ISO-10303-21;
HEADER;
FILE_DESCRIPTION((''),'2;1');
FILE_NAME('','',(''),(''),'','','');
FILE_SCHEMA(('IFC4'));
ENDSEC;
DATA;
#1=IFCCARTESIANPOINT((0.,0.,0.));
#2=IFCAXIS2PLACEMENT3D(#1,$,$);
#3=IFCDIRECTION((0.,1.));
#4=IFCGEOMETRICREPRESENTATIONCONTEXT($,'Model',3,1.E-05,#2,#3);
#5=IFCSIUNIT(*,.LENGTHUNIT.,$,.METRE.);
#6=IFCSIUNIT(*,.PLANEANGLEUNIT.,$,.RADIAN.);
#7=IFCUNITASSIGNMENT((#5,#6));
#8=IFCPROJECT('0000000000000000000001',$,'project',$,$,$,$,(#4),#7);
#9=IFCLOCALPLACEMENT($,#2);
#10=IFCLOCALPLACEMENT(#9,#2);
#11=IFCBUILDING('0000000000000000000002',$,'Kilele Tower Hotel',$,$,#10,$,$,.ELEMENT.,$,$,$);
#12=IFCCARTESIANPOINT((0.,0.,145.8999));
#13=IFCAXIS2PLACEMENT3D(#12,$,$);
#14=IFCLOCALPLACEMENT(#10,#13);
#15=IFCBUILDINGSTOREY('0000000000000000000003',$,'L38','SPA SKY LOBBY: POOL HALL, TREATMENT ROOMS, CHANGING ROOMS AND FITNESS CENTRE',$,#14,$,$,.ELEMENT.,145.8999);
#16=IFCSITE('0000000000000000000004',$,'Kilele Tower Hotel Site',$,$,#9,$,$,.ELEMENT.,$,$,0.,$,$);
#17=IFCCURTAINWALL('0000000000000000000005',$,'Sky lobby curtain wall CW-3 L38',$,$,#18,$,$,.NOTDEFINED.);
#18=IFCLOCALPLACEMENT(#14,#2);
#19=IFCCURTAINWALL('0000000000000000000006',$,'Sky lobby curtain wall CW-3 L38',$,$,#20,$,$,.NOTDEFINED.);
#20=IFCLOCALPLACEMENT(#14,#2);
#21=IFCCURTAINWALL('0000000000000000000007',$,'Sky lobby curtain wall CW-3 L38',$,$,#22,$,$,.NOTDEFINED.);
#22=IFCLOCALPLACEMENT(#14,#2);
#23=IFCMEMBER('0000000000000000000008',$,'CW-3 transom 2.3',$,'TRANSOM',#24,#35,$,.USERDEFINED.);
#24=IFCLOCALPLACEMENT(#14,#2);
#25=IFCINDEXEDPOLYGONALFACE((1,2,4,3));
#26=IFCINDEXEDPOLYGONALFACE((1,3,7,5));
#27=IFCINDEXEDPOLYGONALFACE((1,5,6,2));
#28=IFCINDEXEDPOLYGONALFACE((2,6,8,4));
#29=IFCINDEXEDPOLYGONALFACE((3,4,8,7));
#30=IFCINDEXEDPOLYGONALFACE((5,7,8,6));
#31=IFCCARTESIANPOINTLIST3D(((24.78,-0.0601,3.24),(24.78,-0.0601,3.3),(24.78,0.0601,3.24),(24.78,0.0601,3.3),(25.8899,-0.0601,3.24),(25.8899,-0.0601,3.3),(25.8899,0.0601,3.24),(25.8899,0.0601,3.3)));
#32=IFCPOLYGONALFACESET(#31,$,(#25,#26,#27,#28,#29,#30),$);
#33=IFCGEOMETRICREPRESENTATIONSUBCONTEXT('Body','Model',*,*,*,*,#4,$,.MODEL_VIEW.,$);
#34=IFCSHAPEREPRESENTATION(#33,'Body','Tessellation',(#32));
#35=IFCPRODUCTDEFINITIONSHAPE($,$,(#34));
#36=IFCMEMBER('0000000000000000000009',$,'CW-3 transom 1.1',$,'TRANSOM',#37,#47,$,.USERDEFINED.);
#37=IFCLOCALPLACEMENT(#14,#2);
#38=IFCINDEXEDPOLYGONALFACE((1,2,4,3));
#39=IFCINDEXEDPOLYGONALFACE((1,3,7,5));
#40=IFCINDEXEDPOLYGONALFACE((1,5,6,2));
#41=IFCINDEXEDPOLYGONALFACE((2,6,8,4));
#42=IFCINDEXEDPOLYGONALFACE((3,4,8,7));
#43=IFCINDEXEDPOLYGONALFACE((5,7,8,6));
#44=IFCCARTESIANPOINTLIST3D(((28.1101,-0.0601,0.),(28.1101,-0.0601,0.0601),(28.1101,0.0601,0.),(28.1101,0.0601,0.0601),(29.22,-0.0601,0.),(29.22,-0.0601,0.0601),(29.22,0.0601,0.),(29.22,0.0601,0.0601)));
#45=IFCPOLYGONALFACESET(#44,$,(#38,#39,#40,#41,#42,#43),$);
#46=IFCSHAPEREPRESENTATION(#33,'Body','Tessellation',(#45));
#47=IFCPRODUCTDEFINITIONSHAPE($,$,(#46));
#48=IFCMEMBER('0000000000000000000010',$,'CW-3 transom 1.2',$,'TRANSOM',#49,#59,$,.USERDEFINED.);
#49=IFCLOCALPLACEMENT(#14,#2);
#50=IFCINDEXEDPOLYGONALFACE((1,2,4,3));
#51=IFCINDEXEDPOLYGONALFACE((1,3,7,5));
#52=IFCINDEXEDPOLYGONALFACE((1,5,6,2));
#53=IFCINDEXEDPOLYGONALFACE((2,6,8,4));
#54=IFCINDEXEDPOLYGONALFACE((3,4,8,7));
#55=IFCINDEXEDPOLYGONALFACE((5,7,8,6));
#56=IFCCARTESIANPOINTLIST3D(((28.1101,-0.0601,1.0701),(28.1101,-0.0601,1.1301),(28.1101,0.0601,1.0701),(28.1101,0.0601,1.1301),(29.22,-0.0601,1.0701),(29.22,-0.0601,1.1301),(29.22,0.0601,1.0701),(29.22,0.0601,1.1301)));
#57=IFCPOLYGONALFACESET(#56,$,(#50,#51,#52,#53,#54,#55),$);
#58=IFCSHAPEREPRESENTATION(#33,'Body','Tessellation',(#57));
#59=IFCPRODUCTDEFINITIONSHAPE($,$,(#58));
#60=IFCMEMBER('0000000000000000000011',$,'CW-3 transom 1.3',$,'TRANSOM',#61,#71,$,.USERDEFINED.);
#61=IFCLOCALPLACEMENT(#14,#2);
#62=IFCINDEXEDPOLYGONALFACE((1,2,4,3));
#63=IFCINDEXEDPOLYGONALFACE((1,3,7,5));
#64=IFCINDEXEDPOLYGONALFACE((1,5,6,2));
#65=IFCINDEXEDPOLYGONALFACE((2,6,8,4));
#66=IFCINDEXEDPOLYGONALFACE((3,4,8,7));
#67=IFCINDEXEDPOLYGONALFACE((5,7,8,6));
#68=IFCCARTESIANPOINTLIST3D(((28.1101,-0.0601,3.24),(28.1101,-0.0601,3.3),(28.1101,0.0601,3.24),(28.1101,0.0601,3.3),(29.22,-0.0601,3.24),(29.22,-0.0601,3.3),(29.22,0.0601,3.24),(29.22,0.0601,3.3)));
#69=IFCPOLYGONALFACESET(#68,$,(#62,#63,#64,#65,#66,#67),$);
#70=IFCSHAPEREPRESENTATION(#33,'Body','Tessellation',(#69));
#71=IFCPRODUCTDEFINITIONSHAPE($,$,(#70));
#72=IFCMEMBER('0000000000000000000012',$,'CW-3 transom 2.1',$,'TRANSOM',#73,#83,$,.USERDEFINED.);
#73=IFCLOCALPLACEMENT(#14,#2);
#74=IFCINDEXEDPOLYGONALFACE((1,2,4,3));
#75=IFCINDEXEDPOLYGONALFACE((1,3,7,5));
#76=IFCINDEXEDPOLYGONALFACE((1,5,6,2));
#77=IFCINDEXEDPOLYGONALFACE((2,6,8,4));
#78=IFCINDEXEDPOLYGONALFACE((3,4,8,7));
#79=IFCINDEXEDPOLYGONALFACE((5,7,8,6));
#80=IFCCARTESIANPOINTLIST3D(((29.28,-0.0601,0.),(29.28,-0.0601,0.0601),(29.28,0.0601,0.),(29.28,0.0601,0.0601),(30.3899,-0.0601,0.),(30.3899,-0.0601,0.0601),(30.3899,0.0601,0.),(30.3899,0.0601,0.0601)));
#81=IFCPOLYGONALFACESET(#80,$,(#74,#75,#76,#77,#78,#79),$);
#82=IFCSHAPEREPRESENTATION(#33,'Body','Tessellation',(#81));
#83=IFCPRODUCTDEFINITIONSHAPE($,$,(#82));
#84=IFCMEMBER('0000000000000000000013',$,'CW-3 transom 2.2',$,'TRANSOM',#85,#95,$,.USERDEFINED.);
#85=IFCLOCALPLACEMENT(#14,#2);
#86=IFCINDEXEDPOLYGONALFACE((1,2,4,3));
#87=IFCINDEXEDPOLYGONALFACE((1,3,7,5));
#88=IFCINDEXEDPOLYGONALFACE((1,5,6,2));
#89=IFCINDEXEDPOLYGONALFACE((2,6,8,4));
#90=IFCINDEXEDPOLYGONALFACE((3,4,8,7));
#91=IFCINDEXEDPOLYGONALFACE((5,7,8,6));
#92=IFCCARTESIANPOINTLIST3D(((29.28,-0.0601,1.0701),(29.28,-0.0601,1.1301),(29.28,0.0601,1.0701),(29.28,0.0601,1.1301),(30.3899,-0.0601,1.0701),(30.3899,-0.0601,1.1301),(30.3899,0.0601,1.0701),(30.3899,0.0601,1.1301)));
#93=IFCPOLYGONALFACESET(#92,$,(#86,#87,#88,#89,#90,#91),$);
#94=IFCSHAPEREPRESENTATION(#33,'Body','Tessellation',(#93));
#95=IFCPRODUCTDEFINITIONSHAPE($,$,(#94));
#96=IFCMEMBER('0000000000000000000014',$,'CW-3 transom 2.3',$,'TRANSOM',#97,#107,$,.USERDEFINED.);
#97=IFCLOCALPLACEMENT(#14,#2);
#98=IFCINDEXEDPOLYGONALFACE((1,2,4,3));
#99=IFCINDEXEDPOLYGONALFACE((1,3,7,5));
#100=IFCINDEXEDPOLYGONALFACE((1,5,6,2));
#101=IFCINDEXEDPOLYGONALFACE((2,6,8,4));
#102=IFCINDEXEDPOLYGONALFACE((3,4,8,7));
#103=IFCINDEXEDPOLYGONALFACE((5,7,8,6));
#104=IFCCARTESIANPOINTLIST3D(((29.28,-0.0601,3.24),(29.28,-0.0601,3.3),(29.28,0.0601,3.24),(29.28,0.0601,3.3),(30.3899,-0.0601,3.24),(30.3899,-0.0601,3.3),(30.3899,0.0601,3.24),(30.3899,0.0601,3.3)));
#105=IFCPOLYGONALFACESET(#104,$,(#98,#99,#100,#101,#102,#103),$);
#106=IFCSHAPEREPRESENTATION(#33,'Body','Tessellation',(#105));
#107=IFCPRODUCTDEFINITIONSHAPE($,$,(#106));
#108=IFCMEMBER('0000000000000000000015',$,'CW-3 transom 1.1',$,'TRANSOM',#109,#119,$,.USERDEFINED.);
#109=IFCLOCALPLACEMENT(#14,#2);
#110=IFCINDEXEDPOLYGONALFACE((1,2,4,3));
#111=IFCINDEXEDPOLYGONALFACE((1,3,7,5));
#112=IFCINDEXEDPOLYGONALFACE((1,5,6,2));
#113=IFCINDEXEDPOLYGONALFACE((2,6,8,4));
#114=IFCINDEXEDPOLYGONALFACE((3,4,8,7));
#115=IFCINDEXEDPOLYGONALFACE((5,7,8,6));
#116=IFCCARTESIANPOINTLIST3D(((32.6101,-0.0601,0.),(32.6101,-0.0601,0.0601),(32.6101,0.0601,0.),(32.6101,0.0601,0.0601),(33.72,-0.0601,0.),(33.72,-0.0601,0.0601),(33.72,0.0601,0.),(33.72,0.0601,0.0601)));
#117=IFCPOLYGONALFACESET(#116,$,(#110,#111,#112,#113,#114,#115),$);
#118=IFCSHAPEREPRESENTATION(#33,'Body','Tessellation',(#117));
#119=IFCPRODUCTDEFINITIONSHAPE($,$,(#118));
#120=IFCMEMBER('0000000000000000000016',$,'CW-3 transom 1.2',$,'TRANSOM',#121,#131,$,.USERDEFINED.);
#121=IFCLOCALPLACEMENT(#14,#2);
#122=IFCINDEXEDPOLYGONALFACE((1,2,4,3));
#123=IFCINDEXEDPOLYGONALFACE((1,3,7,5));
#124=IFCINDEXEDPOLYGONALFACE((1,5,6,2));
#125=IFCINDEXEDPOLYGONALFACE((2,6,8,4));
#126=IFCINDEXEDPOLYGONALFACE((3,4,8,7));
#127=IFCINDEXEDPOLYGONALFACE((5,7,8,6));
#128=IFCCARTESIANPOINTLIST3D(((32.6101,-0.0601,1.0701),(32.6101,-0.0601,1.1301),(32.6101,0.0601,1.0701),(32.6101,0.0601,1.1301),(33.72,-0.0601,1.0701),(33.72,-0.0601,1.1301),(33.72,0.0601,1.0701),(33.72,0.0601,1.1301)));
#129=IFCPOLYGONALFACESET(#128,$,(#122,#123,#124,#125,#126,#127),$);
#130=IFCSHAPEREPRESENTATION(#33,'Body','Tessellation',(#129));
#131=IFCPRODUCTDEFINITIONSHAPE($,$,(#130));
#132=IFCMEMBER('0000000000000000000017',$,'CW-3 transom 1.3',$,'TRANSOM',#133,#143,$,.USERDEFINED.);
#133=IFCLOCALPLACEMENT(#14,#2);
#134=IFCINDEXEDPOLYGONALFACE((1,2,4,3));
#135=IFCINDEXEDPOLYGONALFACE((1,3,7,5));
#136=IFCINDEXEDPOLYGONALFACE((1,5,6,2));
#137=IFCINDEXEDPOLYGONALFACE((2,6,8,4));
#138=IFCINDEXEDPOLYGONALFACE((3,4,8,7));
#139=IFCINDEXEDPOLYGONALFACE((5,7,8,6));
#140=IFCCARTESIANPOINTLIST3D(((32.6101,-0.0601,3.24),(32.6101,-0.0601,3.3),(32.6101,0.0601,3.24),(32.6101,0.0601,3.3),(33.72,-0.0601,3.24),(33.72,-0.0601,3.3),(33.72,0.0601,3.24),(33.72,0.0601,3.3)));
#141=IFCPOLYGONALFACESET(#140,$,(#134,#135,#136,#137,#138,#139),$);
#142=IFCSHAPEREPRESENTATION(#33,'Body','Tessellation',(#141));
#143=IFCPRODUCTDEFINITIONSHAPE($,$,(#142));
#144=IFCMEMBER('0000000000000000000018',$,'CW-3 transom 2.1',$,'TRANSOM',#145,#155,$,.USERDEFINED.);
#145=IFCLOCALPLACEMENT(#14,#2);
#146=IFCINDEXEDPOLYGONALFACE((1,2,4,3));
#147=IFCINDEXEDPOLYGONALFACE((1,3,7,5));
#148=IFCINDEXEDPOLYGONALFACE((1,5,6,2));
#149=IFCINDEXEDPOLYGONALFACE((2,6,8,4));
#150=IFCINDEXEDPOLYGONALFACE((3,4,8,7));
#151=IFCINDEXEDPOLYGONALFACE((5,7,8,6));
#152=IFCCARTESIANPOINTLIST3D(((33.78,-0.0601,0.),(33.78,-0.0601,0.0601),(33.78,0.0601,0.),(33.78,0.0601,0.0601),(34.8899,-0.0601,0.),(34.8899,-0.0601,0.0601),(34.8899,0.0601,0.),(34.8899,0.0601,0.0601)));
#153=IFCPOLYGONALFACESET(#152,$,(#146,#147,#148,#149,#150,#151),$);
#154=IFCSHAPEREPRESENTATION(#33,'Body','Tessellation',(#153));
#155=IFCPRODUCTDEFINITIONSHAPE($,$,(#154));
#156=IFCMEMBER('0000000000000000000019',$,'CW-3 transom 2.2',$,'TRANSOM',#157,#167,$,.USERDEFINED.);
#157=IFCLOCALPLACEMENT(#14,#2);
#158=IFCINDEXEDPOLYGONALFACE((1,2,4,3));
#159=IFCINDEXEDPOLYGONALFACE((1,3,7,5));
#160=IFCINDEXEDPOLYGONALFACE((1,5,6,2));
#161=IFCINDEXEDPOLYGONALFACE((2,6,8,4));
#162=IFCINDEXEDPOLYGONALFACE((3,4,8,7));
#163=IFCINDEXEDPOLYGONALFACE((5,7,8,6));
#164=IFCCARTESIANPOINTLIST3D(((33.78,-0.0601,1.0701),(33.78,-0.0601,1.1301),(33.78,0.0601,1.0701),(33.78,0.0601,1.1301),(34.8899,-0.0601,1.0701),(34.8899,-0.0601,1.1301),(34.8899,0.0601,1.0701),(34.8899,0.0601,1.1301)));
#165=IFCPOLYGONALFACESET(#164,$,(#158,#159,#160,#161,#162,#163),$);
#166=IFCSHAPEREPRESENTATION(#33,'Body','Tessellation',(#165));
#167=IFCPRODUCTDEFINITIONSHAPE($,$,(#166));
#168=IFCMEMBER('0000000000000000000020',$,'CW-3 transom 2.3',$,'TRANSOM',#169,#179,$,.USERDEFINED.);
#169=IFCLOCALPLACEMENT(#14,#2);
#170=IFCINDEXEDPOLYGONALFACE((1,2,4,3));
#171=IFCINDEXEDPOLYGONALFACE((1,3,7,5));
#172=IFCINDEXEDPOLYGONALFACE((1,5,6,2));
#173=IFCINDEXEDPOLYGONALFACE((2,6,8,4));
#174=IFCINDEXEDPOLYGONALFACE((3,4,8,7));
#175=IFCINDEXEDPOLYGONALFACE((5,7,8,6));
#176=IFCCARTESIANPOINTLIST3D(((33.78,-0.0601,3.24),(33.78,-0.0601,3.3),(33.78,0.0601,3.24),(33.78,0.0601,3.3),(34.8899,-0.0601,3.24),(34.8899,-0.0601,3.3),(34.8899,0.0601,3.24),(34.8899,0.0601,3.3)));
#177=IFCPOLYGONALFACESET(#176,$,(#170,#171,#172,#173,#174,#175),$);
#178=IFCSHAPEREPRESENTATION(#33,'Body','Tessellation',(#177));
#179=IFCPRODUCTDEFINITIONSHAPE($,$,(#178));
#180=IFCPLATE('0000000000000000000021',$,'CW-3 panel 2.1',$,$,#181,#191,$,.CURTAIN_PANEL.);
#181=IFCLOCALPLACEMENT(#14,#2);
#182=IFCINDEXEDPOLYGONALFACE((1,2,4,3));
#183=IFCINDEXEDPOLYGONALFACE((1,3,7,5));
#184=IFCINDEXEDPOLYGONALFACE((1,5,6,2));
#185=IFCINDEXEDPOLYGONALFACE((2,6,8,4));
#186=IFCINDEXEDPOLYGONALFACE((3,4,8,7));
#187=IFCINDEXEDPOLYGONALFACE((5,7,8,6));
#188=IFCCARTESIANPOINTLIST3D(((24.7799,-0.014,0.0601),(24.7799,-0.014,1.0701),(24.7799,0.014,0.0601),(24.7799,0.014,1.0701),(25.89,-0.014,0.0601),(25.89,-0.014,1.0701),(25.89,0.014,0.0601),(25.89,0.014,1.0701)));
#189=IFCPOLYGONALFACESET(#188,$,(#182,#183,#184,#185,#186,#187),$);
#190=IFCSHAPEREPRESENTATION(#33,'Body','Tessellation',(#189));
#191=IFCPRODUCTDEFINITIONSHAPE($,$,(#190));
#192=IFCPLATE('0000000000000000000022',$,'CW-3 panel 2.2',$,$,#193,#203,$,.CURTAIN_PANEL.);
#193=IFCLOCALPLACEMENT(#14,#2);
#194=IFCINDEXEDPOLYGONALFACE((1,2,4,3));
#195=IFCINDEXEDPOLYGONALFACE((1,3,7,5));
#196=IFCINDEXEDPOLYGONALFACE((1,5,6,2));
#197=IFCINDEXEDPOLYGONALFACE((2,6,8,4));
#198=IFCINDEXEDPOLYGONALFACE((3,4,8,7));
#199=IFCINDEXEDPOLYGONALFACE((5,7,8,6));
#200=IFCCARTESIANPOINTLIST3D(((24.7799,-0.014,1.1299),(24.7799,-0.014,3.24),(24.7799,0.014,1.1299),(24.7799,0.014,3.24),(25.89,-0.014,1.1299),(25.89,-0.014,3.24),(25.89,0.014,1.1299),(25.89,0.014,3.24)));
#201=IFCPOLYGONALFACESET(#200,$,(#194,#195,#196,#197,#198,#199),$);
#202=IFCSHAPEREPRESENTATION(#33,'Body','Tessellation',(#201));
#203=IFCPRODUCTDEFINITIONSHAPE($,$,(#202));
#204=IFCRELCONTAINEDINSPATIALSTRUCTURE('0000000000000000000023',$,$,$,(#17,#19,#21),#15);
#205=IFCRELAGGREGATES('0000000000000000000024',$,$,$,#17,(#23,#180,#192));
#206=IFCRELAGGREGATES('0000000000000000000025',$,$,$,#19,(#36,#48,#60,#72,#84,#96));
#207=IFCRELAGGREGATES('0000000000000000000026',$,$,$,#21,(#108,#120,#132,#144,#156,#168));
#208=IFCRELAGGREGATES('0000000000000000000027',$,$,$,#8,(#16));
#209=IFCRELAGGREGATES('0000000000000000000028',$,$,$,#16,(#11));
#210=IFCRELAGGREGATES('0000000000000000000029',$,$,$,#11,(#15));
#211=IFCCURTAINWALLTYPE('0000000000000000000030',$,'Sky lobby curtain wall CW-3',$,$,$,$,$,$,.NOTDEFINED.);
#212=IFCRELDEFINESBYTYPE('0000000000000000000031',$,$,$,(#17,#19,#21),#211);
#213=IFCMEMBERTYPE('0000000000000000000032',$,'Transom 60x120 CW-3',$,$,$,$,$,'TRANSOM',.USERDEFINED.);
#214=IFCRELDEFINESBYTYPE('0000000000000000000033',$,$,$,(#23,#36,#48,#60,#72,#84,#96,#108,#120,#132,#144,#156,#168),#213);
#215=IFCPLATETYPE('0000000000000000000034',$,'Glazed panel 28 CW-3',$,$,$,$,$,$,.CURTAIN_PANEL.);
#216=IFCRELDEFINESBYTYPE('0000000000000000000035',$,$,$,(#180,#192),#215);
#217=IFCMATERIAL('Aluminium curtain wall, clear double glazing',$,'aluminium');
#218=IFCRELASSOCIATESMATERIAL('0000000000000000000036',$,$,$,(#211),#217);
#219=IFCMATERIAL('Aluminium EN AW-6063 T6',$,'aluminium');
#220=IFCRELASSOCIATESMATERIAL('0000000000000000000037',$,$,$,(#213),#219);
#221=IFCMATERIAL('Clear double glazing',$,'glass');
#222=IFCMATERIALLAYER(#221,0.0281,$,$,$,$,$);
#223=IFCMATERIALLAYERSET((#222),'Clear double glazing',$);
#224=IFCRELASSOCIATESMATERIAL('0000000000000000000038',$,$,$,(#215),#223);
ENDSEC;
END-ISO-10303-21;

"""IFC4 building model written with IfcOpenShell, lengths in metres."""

from ifc_helpers import new_model, si_unit, direction, frame, origin, origin_2d, place, context, subcontext, project, spatial, rectangle, extrude, material, layer, layer_set, material_profile, profile_set, type_object, element, aggregate, save


model = new_model("IFC4")

# Units and contexts
model_context = context("Model", 3, precision=1e-05, world=origin(), true_north=direction((0.0, 1.0)))
body_context = subcontext(model_context, "Body", "Model", "MODEL_VIEW")
ifc_project = project(units=[si_unit("LENGTHUNIT", "METRE"), si_unit("PLANEANGLEUNIT", "RADIAN")], contexts=[model_context])

# Site, building, storey
site_placement = place(None, origin())
site = spatial("IfcSite", under=ifc_project, at=site_placement, Name="Kilele Tower Hotel Site", CompositionType="ELEMENT", RefElevation=0.0)
building_placement = place(site_placement, origin())
building = spatial("IfcBuilding", under=site, at=building_placement, Name="Kilele Tower Hotel", CompositionType="ELEMENT")
storey_placement = place(building_placement, frame((0.0, 0.0, 145.8999)))
storey = spatial("IfcBuildingStorey", under=building, at=storey_placement, Name="L38", Description="SPA SKY LOBBY: POOL HALL, TREATMENT ROOMS, CHANGING ROOMS AND FITNESS CENTRE", CompositionType="ELEMENT", Elevation=145.8999)

# Curtain walls
ifc_material_1 = material(Name="Aluminium curtain wall, clear double glazing", Category="aluminium")
curtain_wall_type = type_object("IfcCurtainWallType", Name="Sky lobby curtain wall CW-3", PredefinedType="NOTDEFINED", material=ifc_material_1)
curtain_wall_1_placement = place(storey_placement, origin())
curtain_wall_1 = element("IfcCurtainWall", 1, at=curtain_wall_1_placement, inside=storey, type_object=curtain_wall_type, Name="Sky lobby curtain wall CW-3 L38", PredefinedType="NOTDEFINED")
curtain_wall_2_placement = place(storey_placement, origin())
curtain_wall_2 = element("IfcCurtainWall", 2, at=curtain_wall_2_placement, inside=storey, type_object=curtain_wall_type, Name="Sky lobby curtain wall CW-3 L38", PredefinedType="NOTDEFINED")
curtain_wall_3_placement = place(storey_placement, origin())
curtain_wall_3 = element("IfcCurtainWall", 3, at=curtain_wall_3_placement, inside=storey, type_object=curtain_wall_type, Name="Sky lobby curtain wall CW-3 L38", PredefinedType="NOTDEFINED")

# Members
ifc_material_2 = material(Name="Aluminium EN AW-6063 T6", Category="aluminium")
ifc_material_profile_1 = material_profile(ifc_material_2, rectangle(XDim=0.1201, YDim=0.0601, at=origin_2d()))
ifc_profile_set_1 = profile_set([ifc_material_profile_1], Name="Aluminium EN AW-6063 T6")
member_type_1 = type_object("IfcMemberType", Name="Transom 60x120 CW-3", ElementType="TRANSOM", PredefinedType="USERDEFINED", material=ifc_profile_set_1)
member_1_placement = place(storey_placement, frame((24.78, 0.0, 3.27), z_axis=(1.0, 0.0, 0.0), x_axis=(0.0, 1.0, 0.0)))
member_1 = element("IfcMember", 4, at=member_1_placement, type_object=member_type_1, Name="CW-3 transom 2.3", ObjectType="TRANSOM", PredefinedType="USERDEFINED", context=body_context, shape_type="SweptSolid", body=[
    extrude(rectangle(XDim=0.1201, YDim=0.0601, at=origin_2d()), origin(), (0.0, 0.0, 1.0), 1.1099),
])
member_2_placement = place(storey_placement, frame((28.1101, 0.0, 0.03), z_axis=(1.0, 0.0, 0.0), x_axis=(0.0, 1.0, 0.0)))
member_2 = element("IfcMember", 5, at=member_2_placement, type_object=member_type_1, Name="CW-3 transom 1.1", ObjectType="TRANSOM", PredefinedType="USERDEFINED", context=body_context, shape_type="SweptSolid", body=[
    extrude(rectangle(XDim=0.1201, YDim=0.0601, at=origin_2d()), origin(), (0.0, 0.0, 1.0), 1.1099),
])
member_3_placement = place(storey_placement, frame((28.1101, 0.0, 1.1001), z_axis=(1.0, 0.0, 0.0), x_axis=(0.0, 1.0, 0.0)))
member_3 = element("IfcMember", 6, at=member_3_placement, type_object=member_type_1, Name="CW-3 transom 1.2", ObjectType="TRANSOM", PredefinedType="USERDEFINED", context=body_context, shape_type="SweptSolid", body=[
    extrude(rectangle(XDim=0.1201, YDim=0.0601, at=origin_2d()), origin(), (0.0, 0.0, 1.0), 1.1099),
])
member_4_placement = place(storey_placement, frame((28.1101, 0.0, 3.27), z_axis=(1.0, 0.0, 0.0), x_axis=(0.0, 1.0, 0.0)))
member_4 = element("IfcMember", 7, at=member_4_placement, type_object=member_type_1, Name="CW-3 transom 1.3", ObjectType="TRANSOM", PredefinedType="USERDEFINED", context=body_context, shape_type="SweptSolid", body=[
    extrude(rectangle(XDim=0.1201, YDim=0.0601, at=origin_2d()), origin(), (0.0, 0.0, 1.0), 1.1099),
])
member_5_placement = place(storey_placement, frame((29.28, 0.0, 0.03), z_axis=(1.0, 0.0, 0.0), x_axis=(0.0, 1.0, 0.0)))
member_5 = element("IfcMember", 8, at=member_5_placement, type_object=member_type_1, Name="CW-3 transom 2.1", ObjectType="TRANSOM", PredefinedType="USERDEFINED", context=body_context, shape_type="SweptSolid", body=[
    extrude(rectangle(XDim=0.1201, YDim=0.0601, at=origin_2d()), origin(), (0.0, 0.0, 1.0), 1.1099),
])
member_6_placement = place(storey_placement, frame((29.28, 0.0, 1.1001), z_axis=(1.0, 0.0, 0.0), x_axis=(0.0, 1.0, 0.0)))
member_6 = element("IfcMember", 9, at=member_6_placement, type_object=member_type_1, Name="CW-3 transom 2.2", ObjectType="TRANSOM", PredefinedType="USERDEFINED", context=body_context, shape_type="SweptSolid", body=[
    extrude(rectangle(XDim=0.1201, YDim=0.0601, at=origin_2d()), origin(), (0.0, 0.0, 1.0), 1.1099),
])
member_7_placement = place(storey_placement, frame((29.28, 0.0, 3.27), z_axis=(1.0, 0.0, 0.0), x_axis=(0.0, 1.0, 0.0)))
member_7 = element("IfcMember", 10, at=member_7_placement, type_object=member_type_1, Name="CW-3 transom 2.3", ObjectType="TRANSOM", PredefinedType="USERDEFINED", context=body_context, shape_type="SweptSolid", body=[
    extrude(rectangle(XDim=0.1201, YDim=0.0601, at=origin_2d()), origin(), (0.0, 0.0, 1.0), 1.1099),
])
member_8_placement = place(storey_placement, frame((32.6101, 0.0, 0.03), z_axis=(1.0, 0.0, 0.0), x_axis=(0.0, 1.0, 0.0)))
member_8 = element("IfcMember", 11, at=member_8_placement, type_object=member_type_1, Name="CW-3 transom 1.1", ObjectType="TRANSOM", PredefinedType="USERDEFINED", context=body_context, shape_type="SweptSolid", body=[
    extrude(rectangle(XDim=0.1201, YDim=0.0601, at=origin_2d()), origin(), (0.0, 0.0, 1.0), 1.1099),
])
member_9_placement = place(storey_placement, frame((32.6101, 0.0, 1.1001), z_axis=(1.0, 0.0, 0.0), x_axis=(0.0, 1.0, 0.0)))
member_9 = element("IfcMember", 12, at=member_9_placement, type_object=member_type_1, Name="CW-3 transom 1.2", ObjectType="TRANSOM", PredefinedType="USERDEFINED", context=body_context, shape_type="SweptSolid", body=[
    extrude(rectangle(XDim=0.1201, YDim=0.0601, at=origin_2d()), origin(), (0.0, 0.0, 1.0), 1.1099),
])
member_10_placement = place(storey_placement, frame((32.6101, 0.0, 3.27), z_axis=(1.0, 0.0, 0.0), x_axis=(0.0, 1.0, 0.0)))
member_10 = element("IfcMember", 13, at=member_10_placement, type_object=member_type_1, Name="CW-3 transom 1.3", ObjectType="TRANSOM", PredefinedType="USERDEFINED", context=body_context, shape_type="SweptSolid", body=[
    extrude(rectangle(XDim=0.1201, YDim=0.0601, at=origin_2d()), origin(), (0.0, 0.0, 1.0), 1.1099),
])
member_11_placement = place(storey_placement, frame((33.78, 0.0, 0.03), z_axis=(1.0, 0.0, 0.0), x_axis=(0.0, 1.0, 0.0)))
member_11 = element("IfcMember", 14, at=member_11_placement, type_object=member_type_1, Name="CW-3 transom 2.1", ObjectType="TRANSOM", PredefinedType="USERDEFINED", context=body_context, shape_type="SweptSolid", body=[
    extrude(rectangle(XDim=0.1201, YDim=0.0601, at=origin_2d()), origin(), (0.0, 0.0, 1.0), 1.1099),
])
member_12_placement = place(storey_placement, frame((33.78, 0.0, 1.1001), z_axis=(1.0, 0.0, 0.0), x_axis=(0.0, 1.0, 0.0)))
member_12 = element("IfcMember", 15, at=member_12_placement, type_object=member_type_1, Name="CW-3 transom 2.2", ObjectType="TRANSOM", PredefinedType="USERDEFINED", context=body_context, shape_type="SweptSolid", body=[
    extrude(rectangle(XDim=0.1201, YDim=0.0601, at=origin_2d()), origin(), (0.0, 0.0, 1.0), 1.1099),
])
member_13_placement = place(storey_placement, frame((33.78, 0.0, 3.27), z_axis=(1.0, 0.0, 0.0), x_axis=(0.0, 1.0, 0.0)))
member_13 = element("IfcMember", 16, at=member_13_placement, type_object=member_type_1, Name="CW-3 transom 2.3", ObjectType="TRANSOM", PredefinedType="USERDEFINED", context=body_context, shape_type="SweptSolid", body=[
    extrude(rectangle(XDim=0.1201, YDim=0.0601, at=origin_2d()), origin(), (0.0, 0.0, 1.0), 1.1099),
])

# Plates
ifc_material_3 = material(Name="Clear double glazing", Category="glass")
ifc_layer = layer(ifc_material_3, 0.0281)
ifc_layer_set = layer_set([ifc_layer], Name="Clear double glazing")
plate_type = type_object("IfcPlateType", Name="Glazed panel 28 CW-3", PredefinedType="CURTAIN_PANEL", material=ifc_layer_set)
plate_1_placement = place(storey_placement, frame((25.335, 0.0, 0.0601), z_axis=(0.0, 0.0, 1.0), x_axis=(1.0, 0.0, 0.0)))
plate_1 = element("IfcPlate", 17, at=plate_1_placement, type_object=plate_type, Name="CW-3 panel 2.1", PredefinedType="CURTAIN_PANEL", context=body_context, shape_type="SweptSolid", body=[
    extrude(rectangle(XDim=1.1101, YDim=0.0281, at=origin_2d()), origin(), (0.0, 0.0, 1.0), 1.01),
])
plate_2_placement = place(storey_placement, frame((25.335, 0.0, 1.1299), z_axis=(0.0, 0.0, 1.0), x_axis=(1.0, 0.0, 0.0)))
plate_2 = element("IfcPlate", 18, at=plate_2_placement, type_object=plate_type, Name="CW-3 panel 2.2", PredefinedType="CURTAIN_PANEL", context=body_context, shape_type="SweptSolid", body=[
    extrude(rectangle(XDim=1.1101, YDim=0.0281, at=origin_2d()), origin(), (0.0, 0.0, 1.0), 2.1101),
])
aggregate(curtain_wall_1, [member_1, plate_1, plate_2])
aggregate(curtain_wall_2, [member_2, member_3, member_4, member_5, member_6, member_7])
aggregate(curtain_wall_3, [member_8, member_9, member_10, member_11, member_12, member_13])

save(model, "model.ifc")
